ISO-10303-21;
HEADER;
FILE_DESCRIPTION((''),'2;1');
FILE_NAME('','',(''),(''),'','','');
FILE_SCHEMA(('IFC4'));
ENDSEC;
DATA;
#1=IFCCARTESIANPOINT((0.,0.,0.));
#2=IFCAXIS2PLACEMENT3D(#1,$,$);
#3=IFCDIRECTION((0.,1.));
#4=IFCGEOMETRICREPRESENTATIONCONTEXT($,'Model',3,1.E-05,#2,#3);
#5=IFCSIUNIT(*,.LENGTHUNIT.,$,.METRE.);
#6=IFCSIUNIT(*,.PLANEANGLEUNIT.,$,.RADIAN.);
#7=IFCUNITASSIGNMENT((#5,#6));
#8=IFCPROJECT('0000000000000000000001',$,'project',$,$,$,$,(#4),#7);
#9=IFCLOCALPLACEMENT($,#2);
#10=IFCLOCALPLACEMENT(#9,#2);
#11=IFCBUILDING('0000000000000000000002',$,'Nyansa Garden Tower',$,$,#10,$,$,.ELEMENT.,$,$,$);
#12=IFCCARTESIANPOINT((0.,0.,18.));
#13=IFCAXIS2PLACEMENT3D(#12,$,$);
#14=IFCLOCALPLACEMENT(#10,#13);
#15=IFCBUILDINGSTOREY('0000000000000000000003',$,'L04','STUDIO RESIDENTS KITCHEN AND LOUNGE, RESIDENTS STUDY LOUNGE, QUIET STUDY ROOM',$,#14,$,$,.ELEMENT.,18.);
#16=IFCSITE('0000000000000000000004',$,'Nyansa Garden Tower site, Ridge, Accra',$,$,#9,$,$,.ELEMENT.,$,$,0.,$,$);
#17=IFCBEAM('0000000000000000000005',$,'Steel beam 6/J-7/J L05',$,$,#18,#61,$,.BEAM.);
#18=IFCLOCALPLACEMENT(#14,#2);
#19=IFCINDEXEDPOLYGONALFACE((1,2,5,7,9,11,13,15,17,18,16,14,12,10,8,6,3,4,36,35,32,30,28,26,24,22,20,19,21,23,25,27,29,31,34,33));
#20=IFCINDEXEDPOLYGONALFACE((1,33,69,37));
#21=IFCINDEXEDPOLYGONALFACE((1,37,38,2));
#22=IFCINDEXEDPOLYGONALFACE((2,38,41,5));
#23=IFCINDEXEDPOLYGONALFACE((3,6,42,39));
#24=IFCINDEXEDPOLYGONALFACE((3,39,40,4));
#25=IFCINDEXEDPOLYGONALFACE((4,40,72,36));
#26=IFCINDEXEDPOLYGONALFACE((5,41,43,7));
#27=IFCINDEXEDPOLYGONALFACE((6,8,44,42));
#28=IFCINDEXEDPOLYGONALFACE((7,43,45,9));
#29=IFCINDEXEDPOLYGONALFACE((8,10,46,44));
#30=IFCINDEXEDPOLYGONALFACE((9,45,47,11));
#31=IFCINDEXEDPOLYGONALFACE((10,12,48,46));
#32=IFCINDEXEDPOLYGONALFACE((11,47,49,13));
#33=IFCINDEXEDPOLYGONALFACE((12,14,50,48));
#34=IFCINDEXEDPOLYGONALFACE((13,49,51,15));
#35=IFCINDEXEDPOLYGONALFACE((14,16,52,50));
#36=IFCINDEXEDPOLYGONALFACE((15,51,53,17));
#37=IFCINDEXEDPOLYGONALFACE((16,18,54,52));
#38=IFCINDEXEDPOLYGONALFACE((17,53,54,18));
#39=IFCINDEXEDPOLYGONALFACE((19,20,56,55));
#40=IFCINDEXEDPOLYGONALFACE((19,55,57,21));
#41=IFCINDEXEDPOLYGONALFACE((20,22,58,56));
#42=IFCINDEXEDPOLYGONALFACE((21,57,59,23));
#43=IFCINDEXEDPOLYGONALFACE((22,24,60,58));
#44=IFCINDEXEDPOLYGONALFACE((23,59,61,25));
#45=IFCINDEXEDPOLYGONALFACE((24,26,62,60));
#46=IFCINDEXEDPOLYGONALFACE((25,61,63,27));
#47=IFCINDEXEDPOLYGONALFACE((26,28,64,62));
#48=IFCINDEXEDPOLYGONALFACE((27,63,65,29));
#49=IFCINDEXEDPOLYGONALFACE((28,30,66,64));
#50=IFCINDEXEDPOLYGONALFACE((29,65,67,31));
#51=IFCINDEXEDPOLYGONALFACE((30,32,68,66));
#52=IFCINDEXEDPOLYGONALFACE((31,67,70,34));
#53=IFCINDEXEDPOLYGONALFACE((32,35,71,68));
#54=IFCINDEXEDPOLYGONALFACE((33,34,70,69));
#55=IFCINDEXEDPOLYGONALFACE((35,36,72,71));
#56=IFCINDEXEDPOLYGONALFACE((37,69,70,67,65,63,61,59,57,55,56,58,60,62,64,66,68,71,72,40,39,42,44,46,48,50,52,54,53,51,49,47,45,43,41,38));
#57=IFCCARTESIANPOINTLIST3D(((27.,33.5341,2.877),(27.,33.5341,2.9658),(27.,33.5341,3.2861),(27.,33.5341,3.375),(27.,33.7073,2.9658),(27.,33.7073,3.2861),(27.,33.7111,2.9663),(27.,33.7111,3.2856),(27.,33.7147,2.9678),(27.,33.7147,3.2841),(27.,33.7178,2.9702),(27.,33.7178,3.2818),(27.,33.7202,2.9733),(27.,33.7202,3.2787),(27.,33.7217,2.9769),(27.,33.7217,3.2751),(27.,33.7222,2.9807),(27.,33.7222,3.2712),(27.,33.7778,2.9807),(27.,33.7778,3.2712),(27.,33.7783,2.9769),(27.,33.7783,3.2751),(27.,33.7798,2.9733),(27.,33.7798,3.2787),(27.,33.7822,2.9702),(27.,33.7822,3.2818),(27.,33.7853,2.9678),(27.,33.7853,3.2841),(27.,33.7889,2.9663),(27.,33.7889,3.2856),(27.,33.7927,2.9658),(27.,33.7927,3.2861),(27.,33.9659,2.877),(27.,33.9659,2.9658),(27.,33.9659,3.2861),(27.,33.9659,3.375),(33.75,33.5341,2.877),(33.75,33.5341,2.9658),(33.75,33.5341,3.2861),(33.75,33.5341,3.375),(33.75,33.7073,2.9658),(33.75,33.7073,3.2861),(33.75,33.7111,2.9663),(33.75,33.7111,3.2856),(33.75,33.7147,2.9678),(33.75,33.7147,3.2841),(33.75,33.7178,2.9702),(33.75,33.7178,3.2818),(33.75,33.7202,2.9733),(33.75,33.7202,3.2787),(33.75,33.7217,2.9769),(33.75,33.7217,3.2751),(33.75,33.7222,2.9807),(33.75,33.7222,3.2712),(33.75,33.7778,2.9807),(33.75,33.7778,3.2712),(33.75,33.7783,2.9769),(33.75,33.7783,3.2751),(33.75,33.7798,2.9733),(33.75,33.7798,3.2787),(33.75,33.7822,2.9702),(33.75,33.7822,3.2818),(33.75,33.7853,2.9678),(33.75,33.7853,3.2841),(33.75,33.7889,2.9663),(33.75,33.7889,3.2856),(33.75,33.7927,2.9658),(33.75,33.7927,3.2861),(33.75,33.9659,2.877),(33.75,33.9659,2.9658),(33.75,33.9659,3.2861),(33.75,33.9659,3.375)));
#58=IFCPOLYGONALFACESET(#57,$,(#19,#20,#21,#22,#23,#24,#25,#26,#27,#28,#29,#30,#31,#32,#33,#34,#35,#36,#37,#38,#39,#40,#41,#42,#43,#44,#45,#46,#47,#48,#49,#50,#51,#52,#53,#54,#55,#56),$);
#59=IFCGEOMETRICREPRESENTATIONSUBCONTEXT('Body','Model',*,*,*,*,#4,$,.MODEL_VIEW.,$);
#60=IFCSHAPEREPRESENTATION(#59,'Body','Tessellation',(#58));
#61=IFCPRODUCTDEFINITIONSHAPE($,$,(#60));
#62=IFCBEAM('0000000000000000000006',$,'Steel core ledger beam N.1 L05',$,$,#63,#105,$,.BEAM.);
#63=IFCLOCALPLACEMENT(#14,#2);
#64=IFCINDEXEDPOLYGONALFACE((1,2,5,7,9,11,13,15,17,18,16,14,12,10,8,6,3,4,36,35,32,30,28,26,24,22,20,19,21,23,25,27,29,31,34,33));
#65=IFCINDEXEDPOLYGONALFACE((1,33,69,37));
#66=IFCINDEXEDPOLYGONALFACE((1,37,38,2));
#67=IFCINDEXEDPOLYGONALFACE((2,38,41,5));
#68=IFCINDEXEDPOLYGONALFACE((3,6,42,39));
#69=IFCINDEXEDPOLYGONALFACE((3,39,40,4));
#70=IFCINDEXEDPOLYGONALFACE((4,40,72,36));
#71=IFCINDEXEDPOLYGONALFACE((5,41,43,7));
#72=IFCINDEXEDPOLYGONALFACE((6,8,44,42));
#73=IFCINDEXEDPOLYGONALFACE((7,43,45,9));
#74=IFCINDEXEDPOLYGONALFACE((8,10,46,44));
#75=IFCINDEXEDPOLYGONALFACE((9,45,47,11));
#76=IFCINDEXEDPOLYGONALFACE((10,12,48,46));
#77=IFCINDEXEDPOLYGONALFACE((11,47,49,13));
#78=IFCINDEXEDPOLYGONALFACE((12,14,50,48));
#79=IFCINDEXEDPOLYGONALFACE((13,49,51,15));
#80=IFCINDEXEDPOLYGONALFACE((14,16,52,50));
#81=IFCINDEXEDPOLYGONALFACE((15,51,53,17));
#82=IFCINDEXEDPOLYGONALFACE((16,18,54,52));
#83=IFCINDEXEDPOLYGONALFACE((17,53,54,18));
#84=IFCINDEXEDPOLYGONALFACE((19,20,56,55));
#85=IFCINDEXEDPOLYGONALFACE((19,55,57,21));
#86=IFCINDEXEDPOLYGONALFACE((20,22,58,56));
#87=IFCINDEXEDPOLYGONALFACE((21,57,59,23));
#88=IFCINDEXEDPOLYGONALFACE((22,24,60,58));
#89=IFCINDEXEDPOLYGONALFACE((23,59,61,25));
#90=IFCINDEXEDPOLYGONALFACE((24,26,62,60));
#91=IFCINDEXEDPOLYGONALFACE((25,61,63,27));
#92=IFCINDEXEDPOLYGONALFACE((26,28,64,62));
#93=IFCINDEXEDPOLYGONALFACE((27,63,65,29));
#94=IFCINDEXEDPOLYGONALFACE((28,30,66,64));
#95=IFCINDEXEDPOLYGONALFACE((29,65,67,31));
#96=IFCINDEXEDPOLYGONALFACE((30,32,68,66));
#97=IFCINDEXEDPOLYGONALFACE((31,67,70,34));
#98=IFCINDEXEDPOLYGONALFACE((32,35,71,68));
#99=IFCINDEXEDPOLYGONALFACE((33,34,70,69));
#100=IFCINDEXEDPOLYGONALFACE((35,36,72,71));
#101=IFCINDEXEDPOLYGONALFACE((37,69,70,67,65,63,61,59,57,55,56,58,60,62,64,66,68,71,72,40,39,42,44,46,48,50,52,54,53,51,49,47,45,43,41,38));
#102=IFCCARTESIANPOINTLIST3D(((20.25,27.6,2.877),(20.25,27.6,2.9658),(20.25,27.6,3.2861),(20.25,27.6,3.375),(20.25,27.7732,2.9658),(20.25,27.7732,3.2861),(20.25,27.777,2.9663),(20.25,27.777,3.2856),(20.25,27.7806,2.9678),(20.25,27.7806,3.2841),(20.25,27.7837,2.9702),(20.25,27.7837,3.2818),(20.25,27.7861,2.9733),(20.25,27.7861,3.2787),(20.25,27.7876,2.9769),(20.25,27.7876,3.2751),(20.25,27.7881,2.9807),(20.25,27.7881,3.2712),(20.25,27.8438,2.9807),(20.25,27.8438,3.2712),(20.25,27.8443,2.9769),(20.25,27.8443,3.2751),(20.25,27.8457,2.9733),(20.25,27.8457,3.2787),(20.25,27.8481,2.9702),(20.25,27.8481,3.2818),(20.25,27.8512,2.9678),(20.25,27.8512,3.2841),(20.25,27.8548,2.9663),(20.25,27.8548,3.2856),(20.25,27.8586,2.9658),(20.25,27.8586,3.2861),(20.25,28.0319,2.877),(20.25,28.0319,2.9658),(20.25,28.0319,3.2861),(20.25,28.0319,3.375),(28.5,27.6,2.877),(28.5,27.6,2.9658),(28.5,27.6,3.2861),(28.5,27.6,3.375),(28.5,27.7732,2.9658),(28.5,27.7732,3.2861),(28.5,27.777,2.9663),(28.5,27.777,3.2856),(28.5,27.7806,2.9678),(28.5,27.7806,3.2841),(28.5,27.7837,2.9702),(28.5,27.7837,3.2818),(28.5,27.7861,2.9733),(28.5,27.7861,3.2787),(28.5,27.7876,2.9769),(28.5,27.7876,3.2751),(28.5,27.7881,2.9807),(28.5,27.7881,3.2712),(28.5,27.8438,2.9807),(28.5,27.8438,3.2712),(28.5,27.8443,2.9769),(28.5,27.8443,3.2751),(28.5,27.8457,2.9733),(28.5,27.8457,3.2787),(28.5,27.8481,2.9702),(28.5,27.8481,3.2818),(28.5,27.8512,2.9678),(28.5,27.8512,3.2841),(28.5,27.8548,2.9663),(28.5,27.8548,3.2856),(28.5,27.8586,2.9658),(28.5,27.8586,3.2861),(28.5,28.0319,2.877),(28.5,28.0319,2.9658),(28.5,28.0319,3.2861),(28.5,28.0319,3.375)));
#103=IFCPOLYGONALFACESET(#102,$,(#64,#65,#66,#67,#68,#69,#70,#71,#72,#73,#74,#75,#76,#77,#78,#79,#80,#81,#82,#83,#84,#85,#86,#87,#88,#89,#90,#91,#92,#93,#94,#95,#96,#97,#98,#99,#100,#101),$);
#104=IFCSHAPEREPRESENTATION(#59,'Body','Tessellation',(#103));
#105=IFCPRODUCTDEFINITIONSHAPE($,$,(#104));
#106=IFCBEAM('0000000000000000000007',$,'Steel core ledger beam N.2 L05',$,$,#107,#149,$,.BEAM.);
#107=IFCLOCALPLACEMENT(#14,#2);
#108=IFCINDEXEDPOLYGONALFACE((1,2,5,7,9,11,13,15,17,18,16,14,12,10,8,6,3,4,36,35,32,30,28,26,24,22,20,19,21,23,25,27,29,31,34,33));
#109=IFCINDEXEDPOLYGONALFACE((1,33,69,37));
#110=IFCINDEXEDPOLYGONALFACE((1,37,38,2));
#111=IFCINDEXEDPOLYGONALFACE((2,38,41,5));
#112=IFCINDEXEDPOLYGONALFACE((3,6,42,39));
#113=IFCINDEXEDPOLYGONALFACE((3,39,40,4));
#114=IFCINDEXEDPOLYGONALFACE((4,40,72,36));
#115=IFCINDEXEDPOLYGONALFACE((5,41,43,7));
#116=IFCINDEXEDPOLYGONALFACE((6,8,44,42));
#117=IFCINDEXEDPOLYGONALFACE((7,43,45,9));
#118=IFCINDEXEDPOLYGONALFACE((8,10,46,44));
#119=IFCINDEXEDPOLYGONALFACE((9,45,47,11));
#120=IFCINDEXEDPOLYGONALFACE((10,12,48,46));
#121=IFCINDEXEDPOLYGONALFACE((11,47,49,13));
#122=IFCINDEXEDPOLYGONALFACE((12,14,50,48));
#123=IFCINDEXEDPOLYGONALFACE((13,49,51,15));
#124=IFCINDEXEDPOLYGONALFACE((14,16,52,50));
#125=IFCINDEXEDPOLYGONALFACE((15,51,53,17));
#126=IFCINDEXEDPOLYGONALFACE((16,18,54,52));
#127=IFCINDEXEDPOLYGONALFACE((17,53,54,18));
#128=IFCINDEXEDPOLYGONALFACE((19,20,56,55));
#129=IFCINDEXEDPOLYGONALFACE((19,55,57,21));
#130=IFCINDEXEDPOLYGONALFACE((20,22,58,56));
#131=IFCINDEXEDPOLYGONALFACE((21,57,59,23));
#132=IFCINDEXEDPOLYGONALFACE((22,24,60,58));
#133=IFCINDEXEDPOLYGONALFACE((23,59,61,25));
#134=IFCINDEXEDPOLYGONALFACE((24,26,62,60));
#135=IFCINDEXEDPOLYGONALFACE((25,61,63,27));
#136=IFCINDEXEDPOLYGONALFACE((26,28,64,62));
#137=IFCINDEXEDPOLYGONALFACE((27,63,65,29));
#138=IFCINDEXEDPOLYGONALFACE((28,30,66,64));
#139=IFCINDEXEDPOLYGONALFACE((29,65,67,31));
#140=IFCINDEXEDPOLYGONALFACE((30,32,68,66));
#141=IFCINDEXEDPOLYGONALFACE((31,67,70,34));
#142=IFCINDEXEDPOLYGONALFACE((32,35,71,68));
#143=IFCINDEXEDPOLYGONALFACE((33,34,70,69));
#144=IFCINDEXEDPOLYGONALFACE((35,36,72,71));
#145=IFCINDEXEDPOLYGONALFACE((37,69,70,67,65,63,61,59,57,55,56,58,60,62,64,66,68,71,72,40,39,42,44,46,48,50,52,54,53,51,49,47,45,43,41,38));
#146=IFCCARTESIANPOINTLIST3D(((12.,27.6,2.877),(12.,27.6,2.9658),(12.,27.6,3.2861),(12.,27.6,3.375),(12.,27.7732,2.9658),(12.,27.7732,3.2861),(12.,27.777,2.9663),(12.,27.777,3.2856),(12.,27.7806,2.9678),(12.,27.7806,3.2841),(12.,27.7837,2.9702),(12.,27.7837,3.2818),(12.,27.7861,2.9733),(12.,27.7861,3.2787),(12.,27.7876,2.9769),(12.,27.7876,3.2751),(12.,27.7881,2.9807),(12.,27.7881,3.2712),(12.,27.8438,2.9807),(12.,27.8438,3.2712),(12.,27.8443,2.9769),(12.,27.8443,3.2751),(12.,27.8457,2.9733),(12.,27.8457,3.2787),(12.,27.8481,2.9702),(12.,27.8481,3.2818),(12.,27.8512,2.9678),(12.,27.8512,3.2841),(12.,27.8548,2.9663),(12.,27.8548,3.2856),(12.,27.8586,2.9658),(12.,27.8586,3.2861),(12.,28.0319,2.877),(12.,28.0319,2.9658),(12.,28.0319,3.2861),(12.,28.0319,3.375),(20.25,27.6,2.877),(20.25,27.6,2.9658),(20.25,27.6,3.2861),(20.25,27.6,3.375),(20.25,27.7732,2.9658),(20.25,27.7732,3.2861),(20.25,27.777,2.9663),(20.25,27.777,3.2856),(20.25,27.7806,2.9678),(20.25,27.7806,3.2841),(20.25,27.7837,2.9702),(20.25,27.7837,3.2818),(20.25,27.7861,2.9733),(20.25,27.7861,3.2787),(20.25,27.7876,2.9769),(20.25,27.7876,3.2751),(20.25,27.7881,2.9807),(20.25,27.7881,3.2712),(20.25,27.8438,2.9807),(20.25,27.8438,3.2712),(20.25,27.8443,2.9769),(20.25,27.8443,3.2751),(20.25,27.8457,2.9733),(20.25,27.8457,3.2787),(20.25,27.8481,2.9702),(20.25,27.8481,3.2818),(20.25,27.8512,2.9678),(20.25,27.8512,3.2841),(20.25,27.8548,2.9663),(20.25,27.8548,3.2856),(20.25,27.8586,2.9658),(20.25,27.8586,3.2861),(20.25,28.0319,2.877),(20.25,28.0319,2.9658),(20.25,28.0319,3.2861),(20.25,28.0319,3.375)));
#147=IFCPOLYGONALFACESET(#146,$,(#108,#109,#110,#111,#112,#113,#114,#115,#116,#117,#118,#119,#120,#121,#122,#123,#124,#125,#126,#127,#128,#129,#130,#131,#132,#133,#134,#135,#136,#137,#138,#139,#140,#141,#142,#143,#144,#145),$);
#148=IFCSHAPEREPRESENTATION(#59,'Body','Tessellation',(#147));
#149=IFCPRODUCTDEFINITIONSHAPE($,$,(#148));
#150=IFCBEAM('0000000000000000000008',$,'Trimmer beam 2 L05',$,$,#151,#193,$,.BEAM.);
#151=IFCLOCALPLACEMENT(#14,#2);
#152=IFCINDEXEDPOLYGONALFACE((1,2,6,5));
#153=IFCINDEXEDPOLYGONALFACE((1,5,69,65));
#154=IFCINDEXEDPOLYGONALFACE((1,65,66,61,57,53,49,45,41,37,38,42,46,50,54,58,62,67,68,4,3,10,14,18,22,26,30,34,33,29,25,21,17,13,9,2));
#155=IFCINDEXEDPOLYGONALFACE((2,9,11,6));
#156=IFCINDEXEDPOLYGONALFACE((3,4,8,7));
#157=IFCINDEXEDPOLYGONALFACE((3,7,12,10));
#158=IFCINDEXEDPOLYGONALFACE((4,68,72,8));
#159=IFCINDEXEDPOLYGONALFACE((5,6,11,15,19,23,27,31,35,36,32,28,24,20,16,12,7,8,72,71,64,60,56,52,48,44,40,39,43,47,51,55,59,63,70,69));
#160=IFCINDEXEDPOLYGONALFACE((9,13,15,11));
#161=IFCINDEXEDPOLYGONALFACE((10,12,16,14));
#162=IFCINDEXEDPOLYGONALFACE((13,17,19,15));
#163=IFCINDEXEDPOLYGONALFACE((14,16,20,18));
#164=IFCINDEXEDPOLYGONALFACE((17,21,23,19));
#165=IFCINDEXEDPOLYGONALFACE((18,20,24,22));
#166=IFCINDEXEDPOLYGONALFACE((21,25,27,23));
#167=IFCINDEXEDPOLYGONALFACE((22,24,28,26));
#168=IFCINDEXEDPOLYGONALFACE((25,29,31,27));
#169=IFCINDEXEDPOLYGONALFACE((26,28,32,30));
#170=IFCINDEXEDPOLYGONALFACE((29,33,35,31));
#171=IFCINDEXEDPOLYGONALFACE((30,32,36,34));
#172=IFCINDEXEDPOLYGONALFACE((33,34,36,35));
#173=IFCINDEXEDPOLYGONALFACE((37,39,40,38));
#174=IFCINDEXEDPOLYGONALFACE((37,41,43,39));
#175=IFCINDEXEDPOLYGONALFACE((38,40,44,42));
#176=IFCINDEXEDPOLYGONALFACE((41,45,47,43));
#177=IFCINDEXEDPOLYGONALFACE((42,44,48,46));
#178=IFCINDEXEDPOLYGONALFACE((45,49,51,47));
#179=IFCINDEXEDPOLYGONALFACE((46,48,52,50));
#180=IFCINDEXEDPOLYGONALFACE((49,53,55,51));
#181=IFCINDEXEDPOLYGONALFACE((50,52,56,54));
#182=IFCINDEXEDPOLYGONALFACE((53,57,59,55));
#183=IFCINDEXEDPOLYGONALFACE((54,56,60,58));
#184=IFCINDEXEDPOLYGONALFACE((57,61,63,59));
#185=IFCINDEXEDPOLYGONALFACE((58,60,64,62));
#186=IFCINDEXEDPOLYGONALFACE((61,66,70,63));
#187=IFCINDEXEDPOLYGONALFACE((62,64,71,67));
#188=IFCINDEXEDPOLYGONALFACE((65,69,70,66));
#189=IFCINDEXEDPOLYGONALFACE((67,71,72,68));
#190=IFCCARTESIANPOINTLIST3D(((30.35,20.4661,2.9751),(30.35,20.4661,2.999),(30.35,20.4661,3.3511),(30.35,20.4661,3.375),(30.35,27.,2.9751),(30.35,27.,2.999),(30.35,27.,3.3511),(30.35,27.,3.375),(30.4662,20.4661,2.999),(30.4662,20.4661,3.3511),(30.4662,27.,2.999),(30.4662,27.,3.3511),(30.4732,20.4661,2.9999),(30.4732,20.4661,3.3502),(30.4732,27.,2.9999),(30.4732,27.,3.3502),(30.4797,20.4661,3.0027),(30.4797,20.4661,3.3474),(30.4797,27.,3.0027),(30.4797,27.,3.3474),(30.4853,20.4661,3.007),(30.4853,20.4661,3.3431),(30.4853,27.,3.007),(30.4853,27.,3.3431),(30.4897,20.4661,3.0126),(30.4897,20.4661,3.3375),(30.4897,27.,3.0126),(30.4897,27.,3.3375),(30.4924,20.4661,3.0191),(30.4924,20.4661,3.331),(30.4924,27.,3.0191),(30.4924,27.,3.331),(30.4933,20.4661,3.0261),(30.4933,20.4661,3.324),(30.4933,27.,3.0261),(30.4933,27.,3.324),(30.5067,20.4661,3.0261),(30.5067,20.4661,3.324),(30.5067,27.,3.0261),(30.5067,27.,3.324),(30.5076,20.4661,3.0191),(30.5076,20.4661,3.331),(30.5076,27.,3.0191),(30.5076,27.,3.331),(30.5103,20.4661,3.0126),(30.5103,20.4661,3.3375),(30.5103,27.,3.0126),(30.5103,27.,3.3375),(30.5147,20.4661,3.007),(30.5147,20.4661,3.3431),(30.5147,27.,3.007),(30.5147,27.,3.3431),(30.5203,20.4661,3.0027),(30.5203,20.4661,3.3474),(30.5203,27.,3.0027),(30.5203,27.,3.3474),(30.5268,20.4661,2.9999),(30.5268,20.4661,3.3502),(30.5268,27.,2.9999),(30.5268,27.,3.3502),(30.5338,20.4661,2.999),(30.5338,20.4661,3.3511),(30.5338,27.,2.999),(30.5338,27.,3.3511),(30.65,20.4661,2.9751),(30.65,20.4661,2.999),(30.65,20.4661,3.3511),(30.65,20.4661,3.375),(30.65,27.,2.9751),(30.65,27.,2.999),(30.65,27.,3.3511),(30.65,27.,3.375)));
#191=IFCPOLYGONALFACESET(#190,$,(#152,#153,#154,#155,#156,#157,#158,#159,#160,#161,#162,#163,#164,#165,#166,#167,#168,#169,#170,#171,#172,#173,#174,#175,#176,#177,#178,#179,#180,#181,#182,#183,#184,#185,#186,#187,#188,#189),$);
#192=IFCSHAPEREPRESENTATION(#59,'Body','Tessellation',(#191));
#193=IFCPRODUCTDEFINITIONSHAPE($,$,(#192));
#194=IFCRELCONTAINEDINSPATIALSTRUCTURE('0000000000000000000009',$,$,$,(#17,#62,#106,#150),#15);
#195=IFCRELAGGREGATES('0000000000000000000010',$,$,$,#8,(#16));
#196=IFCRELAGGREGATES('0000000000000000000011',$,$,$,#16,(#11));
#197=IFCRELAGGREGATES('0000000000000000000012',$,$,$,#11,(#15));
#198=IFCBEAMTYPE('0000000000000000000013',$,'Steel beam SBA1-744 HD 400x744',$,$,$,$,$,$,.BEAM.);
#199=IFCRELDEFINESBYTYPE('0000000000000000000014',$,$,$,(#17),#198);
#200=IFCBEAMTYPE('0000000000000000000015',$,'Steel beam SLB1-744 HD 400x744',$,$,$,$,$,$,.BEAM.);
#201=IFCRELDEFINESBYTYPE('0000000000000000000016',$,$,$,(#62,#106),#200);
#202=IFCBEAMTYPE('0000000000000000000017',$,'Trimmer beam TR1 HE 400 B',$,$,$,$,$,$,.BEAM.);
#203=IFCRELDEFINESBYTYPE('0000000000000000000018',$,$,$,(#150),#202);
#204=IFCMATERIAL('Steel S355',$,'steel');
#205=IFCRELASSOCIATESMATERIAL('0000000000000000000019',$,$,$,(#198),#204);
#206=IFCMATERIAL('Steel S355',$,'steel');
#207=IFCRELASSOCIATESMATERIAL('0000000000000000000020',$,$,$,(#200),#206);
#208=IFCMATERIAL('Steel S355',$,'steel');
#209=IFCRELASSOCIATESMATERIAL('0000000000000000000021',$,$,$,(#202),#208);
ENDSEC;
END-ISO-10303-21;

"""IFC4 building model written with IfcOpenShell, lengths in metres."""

from ifc_helpers import new_model, si_unit, direction, frame, origin, origin_2d, place, context, subcontext, project, spatial, i_section, extrude, material, material_profile, profile_set, type_object, element, save


model = new_model("IFC4")

# Units and contexts
model_context = context("Model", 3, precision=1e-05, world=origin(), true_north=direction((0.0, 1.0)))
body_context = subcontext(model_context, "Body", "Model", "MODEL_VIEW")
ifc_project = project(units=[si_unit("LENGTHUNIT", "METRE"), si_unit("PLANEANGLEUNIT", "RADIAN")], contexts=[model_context])

# Site, building, storey
site_placement = place(None, origin())
site = spatial("IfcSite", under=ifc_project, at=site_placement, Name="Nyansa Garden Tower site, Ridge, Accra", CompositionType="ELEMENT", RefElevation=0.0)
building_placement = place(site_placement, origin())
building = spatial("IfcBuilding", under=site, at=building_placement, Name="Nyansa Garden Tower", CompositionType="ELEMENT")
storey_placement = place(building_placement, frame((0.0, 0.0, 18.0)))
storey = spatial("IfcBuildingStorey", under=building, at=storey_placement, Name="L04", Description="STUDIO RESIDENTS KITCHEN AND LOUNGE, RESIDENTS STUDY LOUNGE, QUIET STUDY ROOM", CompositionType="ELEMENT", Elevation=18.0)

# Beams
ifc_material_1 = material(Name="Steel S355", Category="steel")
ifc_material_profile_1 = material_profile(ifc_material_1, i_section(OverallWidth=0.4319, OverallDepth=0.498, WebThickness=0.0557, FlangeThickness=0.0889, FilletRadius=0.0149, at=origin_2d()), Name="HD 400x744")
ifc_profile_set_1 = profile_set([ifc_material_profile_1], Name="Steel S355")
beam_type_1 = type_object("IfcBeamType", Name="Steel beam SBA1-744 HD 400x744", PredefinedType="BEAM", material=ifc_profile_set_1)
for number, where, z_axis, x_axis, name in (
    (1, (27.0, 33.75, 3.126), (1.0, 0.0, 0.0), (0.0, 1.0, 0.0), "Steel beam 6/J-7/J L05"),
):
    element("IfcBeam", number, at=place(storey_placement, frame(where, z_axis=z_axis, x_axis=x_axis)), inside=storey, type_object=beam_type_1, Name=name, PredefinedType="BEAM", context=body_context, shape_type="SweptSolid", body=[
        extrude(i_section(OverallWidth=0.4319, OverallDepth=0.498, WebThickness=0.0557, FlangeThickness=0.0889, FilletRadius=0.0149, at=origin_2d()), origin(), (0.0, 0.0, 1.0), 6.75),
    ])
ifc_material_2 = material(Name="Steel S355", Category="steel")
ifc_material_profile_2 = material_profile(ifc_material_2, i_section(OverallWidth=0.4319, OverallDepth=0.498, WebThickness=0.0557, FlangeThickness=0.0889, FilletRadius=0.0149, at=origin_2d()), Name="HD 400x744")
ifc_profile_set_2 = profile_set([ifc_material_profile_2], Name="Steel S355")
beam_type_2 = type_object("IfcBeamType", Name="Steel beam SLB1-744 HD 400x744", PredefinedType="BEAM", material=ifc_profile_set_2)
for number, where, z_axis, x_axis, name in (
    (2, (28.5, 27.8159, 3.126), (-1.0, 0.0, 0.0), (0.0, -1.0, 0.0), "Steel core ledger beam N.1 L05"),
    (3, (20.25, 27.8159, 3.126), (-1.0, 0.0, 0.0), (0.0, -1.0, 0.0), "Steel core ledger beam N.2 L05"),
):
    element("IfcBeam", number, at=place(storey_placement, frame(where, z_axis=z_axis, x_axis=x_axis)), inside=storey, type_object=beam_type_2, Name=name, PredefinedType="BEAM", context=body_context, shape_type="SweptSolid", body=[
        extrude(i_section(OverallWidth=0.4319, OverallDepth=0.498, WebThickness=0.0557, FlangeThickness=0.0889, FilletRadius=0.0149, at=origin_2d()), origin(), (0.0, 0.0, 1.0), 8.25),
    ])
ifc_material_3 = material(Name="Steel S355", Category="steel")
ifc_material_profile_3 = material_profile(ifc_material_3, i_section(OverallWidth=0.3, OverallDepth=0.3999, WebThickness=0.0134, FlangeThickness=0.0239, FilletRadius=0.0271, at=origin_2d()), Name="HE 400 B")
ifc_profile_set_3 = profile_set([ifc_material_profile_3], Name="Steel S355")
beam_type_3 = type_object("IfcBeamType", Name="Trimmer beam TR1 HE 400 B", PredefinedType="BEAM", material=ifc_profile_set_3)
beam_placement = place(storey_placement, frame((30.5, 20.4661, 3.175), z_axis=(0.0, 1.0, 0.0), x_axis=(-1.0, 0.0, 0.0)))
element("IfcBeam", 4, at=beam_placement, inside=storey, type_object=beam_type_3, Name="Trimmer beam 2 L05", PredefinedType="BEAM", context=body_context, shape_type="SweptSolid", body=[
    extrude(i_section(OverallWidth=0.3, OverallDepth=0.3999, WebThickness=0.0134, FlangeThickness=0.0239, FilletRadius=0.0271, at=origin_2d()), origin(), (0.0, 0.0, 1.0), 6.5339),
])

save(model, "model.ifc")
